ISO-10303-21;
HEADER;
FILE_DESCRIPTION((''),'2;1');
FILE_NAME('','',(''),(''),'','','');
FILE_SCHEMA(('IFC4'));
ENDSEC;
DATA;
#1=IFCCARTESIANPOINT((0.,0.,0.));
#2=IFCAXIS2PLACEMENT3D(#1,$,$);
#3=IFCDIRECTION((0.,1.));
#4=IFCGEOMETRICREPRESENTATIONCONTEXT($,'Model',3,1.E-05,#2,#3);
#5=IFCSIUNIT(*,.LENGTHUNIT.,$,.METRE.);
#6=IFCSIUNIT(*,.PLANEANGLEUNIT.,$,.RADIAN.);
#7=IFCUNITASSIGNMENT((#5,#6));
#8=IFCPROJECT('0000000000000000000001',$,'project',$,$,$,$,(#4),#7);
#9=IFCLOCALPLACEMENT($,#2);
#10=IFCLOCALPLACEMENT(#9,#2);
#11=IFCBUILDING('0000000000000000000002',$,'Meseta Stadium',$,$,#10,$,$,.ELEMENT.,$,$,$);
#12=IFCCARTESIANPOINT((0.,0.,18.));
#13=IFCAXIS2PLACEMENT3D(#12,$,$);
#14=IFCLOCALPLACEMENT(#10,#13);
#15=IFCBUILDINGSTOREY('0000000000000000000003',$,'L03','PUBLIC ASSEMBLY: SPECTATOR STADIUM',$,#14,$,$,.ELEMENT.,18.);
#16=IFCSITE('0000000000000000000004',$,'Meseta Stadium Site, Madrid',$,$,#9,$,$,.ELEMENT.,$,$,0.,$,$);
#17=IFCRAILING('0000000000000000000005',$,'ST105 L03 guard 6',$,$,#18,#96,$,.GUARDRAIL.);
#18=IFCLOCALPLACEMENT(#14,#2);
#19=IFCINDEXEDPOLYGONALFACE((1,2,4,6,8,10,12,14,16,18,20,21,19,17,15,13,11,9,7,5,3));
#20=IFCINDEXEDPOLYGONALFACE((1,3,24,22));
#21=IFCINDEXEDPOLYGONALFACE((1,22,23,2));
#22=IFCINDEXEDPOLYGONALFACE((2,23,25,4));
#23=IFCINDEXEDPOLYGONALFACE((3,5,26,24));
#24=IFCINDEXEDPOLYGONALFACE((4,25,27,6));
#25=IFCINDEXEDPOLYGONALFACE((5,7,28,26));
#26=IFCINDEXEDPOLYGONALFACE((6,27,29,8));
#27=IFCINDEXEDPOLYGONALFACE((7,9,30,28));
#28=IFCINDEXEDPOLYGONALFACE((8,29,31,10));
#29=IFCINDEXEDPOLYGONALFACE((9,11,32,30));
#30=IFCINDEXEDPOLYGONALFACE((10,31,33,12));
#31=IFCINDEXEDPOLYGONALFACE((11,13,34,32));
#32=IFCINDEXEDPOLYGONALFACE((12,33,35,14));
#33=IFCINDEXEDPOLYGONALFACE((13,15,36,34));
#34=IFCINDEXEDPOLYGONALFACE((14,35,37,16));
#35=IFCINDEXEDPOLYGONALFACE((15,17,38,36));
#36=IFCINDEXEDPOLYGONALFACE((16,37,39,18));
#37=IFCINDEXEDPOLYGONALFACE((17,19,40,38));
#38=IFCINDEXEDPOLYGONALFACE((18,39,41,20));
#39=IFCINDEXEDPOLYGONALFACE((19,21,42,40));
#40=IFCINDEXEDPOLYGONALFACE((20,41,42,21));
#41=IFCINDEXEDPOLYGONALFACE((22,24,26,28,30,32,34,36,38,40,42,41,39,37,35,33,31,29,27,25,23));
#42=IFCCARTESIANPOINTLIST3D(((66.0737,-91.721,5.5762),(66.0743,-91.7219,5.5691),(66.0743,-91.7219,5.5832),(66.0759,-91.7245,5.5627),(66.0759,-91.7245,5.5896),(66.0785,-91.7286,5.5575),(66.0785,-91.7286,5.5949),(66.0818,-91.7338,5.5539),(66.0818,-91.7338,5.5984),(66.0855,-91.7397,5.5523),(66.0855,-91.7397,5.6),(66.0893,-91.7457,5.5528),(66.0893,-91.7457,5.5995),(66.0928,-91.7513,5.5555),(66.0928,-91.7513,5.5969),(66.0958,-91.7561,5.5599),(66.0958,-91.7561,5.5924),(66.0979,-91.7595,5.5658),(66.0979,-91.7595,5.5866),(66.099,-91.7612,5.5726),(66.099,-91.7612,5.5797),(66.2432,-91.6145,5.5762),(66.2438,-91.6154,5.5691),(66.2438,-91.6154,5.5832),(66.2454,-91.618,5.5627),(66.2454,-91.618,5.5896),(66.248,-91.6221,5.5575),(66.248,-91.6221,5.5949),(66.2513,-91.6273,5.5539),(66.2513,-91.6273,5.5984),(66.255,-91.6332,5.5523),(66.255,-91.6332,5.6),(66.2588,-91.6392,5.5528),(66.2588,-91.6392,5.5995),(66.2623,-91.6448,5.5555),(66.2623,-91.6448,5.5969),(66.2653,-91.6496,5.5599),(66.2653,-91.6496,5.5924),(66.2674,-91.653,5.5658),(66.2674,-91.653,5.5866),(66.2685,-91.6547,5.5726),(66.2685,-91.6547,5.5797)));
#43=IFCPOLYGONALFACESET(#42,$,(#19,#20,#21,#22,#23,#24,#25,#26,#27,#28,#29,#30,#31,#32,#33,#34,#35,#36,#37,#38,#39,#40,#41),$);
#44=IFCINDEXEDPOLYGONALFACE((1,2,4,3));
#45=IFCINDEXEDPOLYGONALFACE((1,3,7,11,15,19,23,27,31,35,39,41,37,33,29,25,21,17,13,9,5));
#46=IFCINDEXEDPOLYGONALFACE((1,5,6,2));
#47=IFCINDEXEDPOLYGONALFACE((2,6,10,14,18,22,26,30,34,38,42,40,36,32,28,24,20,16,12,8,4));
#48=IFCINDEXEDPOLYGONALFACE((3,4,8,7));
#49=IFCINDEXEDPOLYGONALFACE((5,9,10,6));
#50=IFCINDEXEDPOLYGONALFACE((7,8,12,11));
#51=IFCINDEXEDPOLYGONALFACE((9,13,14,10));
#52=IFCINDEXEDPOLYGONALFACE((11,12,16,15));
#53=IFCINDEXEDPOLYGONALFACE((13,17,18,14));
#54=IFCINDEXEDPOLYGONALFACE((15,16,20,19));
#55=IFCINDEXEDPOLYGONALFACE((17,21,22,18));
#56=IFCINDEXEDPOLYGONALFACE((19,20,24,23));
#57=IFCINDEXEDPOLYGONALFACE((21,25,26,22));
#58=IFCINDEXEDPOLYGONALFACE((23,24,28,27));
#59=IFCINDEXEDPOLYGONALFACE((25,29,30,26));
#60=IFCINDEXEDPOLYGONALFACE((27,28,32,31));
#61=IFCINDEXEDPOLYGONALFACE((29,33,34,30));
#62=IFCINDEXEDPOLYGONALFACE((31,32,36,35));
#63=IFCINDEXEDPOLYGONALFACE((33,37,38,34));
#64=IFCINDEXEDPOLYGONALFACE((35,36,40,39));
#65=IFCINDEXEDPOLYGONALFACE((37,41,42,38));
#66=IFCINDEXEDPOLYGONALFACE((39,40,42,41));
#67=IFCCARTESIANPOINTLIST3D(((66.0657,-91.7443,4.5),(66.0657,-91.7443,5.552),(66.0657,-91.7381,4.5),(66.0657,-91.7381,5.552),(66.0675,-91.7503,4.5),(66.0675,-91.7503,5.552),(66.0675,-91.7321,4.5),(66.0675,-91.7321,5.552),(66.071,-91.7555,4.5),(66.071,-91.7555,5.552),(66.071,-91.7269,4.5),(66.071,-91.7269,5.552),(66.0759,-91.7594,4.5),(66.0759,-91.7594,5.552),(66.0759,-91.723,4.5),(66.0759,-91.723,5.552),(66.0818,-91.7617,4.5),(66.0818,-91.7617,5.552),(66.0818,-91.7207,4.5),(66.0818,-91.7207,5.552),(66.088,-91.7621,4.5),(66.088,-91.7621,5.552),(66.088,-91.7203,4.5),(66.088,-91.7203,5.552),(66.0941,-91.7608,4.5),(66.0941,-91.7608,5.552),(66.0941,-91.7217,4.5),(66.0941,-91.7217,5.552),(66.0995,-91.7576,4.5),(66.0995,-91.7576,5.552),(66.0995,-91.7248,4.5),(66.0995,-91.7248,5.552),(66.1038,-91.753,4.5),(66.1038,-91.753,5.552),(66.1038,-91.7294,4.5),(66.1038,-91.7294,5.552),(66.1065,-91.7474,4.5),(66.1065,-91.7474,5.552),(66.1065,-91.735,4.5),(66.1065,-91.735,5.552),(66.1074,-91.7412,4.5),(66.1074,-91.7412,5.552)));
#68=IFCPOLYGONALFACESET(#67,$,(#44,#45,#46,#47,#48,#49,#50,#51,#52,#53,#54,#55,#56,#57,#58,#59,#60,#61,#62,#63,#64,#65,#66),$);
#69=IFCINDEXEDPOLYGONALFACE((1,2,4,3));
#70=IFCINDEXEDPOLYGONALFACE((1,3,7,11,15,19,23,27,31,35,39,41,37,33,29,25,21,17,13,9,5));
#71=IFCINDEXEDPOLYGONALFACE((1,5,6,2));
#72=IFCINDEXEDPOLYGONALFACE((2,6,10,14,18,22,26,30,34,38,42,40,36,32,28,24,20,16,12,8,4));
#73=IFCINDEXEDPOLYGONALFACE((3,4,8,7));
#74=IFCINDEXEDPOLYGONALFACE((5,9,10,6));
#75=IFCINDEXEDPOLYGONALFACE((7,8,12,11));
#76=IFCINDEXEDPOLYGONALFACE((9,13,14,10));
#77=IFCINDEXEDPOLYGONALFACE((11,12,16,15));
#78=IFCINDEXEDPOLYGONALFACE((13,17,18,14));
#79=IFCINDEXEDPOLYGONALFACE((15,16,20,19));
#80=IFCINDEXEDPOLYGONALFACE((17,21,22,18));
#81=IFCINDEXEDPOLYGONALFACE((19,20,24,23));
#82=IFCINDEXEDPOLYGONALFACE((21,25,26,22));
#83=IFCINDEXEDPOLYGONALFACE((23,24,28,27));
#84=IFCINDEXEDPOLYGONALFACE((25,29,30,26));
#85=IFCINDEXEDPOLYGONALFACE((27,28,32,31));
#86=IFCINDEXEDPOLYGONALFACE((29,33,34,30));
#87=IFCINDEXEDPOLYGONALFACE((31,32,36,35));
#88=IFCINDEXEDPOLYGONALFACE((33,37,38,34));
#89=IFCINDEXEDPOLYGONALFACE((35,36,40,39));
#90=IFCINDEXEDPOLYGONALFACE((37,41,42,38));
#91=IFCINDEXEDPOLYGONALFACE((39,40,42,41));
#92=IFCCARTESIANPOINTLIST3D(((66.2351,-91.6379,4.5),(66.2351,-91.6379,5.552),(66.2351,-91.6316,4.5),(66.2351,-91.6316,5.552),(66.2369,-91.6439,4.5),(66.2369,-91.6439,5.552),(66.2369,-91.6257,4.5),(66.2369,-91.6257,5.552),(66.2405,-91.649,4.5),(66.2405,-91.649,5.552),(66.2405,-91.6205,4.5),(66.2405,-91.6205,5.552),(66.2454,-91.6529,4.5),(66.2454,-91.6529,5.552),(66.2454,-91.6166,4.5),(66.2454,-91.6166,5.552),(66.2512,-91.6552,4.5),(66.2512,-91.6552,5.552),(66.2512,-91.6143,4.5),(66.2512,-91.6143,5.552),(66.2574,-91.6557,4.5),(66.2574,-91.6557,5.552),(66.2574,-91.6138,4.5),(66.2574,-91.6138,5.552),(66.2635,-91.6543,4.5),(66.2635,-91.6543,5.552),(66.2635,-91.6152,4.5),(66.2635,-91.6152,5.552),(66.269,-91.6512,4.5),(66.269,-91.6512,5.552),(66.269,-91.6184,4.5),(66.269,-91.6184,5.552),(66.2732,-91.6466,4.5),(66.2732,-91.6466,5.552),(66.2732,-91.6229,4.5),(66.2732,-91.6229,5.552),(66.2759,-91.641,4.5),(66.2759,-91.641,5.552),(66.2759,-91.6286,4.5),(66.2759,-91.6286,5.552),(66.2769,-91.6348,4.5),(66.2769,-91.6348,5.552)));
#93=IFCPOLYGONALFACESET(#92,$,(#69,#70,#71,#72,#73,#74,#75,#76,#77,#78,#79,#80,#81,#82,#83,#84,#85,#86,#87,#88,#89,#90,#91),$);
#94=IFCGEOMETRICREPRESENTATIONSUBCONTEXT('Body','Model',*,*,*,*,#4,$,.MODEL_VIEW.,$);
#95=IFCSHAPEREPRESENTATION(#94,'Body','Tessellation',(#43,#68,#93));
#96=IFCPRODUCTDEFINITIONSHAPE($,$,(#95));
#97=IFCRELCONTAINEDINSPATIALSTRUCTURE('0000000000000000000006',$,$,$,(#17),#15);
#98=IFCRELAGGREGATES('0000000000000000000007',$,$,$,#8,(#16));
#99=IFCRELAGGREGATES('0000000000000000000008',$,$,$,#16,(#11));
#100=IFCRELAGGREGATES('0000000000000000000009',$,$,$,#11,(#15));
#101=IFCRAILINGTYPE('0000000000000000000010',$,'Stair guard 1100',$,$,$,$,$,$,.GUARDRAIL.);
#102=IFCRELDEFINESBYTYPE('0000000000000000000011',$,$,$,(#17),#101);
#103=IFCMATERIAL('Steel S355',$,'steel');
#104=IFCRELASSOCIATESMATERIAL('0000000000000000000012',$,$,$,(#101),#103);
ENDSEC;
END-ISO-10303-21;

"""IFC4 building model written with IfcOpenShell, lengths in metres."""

from ifc_helpers import new_model, si_unit, direction, frame, origin, origin_2d, place, context, subcontext, project, spatial, circle, extrude, material, type_object, element, save


model = new_model("IFC4")

# Units and contexts
model_context = context("Model", 3, precision=1e-05, world=origin(), true_north=direction((0.0, 1.0)))
body_context = subcontext(model_context, "Body", "Model", "MODEL_VIEW")
ifc_project = project(units=[si_unit("LENGTHUNIT", "METRE"), si_unit("PLANEANGLEUNIT", "RADIAN")], contexts=[model_context])

# Site, building, storey
site_placement = place(None, origin())
site = spatial("IfcSite", under=ifc_project, at=site_placement, Name="Meseta Stadium Site, Madrid", CompositionType="ELEMENT", RefElevation=0.0)
building_placement = place(site_placement, origin())
building = spatial("IfcBuilding", under=site, at=building_placement, Name="Meseta Stadium", CompositionType="ELEMENT")
storey_placement = place(building_placement, frame((0.0, 0.0, 18.0)))
storey = spatial("IfcBuildingStorey", under=building, at=storey_placement, Name="L03", Description="PUBLIC ASSEMBLY: SPECTATOR STADIUM", CompositionType="ELEMENT", Elevation=18.0)

# Railing
ifc_material_1 = material(Name="Steel S355", Category="steel")
railing_type_1 = type_object("IfcRailingType", Name="Stair guard 1100", PredefinedType="GUARDRAIL", material=ifc_material_1)
railing_1_placement = place(storey_placement, frame((66.0864, -91.7412, 4.5)))
element("IfcRailing", 1, at=railing_1_placement, inside=storey, type_object=railing_type_1, Name="ST105 L03 guard 6", PredefinedType="GUARDRAIL", context=body_context, shape_type="SweptSolid", body=[
    extrude(circle(Radius=0.0239, at=origin_2d()), frame((0.0, 0.0, 1.0762), z_axis=(0.846762, 0.531972, 0.0), x_axis=(-0.531972, 0.846762, 0.0)), (0.0, 0.0, 1.0), 0.2002),
    extrude(circle(Radius=0.021, at=origin_2d()), origin(), (0.0, 0.0, 1.0), 1.052),
    extrude(circle(Radius=0.021, at=origin_2d()), frame((0.1694, 0.1064, 0.0)), (0.0, 0.0, 1.0), 1.052),
])

save(model, "model.ifc")
